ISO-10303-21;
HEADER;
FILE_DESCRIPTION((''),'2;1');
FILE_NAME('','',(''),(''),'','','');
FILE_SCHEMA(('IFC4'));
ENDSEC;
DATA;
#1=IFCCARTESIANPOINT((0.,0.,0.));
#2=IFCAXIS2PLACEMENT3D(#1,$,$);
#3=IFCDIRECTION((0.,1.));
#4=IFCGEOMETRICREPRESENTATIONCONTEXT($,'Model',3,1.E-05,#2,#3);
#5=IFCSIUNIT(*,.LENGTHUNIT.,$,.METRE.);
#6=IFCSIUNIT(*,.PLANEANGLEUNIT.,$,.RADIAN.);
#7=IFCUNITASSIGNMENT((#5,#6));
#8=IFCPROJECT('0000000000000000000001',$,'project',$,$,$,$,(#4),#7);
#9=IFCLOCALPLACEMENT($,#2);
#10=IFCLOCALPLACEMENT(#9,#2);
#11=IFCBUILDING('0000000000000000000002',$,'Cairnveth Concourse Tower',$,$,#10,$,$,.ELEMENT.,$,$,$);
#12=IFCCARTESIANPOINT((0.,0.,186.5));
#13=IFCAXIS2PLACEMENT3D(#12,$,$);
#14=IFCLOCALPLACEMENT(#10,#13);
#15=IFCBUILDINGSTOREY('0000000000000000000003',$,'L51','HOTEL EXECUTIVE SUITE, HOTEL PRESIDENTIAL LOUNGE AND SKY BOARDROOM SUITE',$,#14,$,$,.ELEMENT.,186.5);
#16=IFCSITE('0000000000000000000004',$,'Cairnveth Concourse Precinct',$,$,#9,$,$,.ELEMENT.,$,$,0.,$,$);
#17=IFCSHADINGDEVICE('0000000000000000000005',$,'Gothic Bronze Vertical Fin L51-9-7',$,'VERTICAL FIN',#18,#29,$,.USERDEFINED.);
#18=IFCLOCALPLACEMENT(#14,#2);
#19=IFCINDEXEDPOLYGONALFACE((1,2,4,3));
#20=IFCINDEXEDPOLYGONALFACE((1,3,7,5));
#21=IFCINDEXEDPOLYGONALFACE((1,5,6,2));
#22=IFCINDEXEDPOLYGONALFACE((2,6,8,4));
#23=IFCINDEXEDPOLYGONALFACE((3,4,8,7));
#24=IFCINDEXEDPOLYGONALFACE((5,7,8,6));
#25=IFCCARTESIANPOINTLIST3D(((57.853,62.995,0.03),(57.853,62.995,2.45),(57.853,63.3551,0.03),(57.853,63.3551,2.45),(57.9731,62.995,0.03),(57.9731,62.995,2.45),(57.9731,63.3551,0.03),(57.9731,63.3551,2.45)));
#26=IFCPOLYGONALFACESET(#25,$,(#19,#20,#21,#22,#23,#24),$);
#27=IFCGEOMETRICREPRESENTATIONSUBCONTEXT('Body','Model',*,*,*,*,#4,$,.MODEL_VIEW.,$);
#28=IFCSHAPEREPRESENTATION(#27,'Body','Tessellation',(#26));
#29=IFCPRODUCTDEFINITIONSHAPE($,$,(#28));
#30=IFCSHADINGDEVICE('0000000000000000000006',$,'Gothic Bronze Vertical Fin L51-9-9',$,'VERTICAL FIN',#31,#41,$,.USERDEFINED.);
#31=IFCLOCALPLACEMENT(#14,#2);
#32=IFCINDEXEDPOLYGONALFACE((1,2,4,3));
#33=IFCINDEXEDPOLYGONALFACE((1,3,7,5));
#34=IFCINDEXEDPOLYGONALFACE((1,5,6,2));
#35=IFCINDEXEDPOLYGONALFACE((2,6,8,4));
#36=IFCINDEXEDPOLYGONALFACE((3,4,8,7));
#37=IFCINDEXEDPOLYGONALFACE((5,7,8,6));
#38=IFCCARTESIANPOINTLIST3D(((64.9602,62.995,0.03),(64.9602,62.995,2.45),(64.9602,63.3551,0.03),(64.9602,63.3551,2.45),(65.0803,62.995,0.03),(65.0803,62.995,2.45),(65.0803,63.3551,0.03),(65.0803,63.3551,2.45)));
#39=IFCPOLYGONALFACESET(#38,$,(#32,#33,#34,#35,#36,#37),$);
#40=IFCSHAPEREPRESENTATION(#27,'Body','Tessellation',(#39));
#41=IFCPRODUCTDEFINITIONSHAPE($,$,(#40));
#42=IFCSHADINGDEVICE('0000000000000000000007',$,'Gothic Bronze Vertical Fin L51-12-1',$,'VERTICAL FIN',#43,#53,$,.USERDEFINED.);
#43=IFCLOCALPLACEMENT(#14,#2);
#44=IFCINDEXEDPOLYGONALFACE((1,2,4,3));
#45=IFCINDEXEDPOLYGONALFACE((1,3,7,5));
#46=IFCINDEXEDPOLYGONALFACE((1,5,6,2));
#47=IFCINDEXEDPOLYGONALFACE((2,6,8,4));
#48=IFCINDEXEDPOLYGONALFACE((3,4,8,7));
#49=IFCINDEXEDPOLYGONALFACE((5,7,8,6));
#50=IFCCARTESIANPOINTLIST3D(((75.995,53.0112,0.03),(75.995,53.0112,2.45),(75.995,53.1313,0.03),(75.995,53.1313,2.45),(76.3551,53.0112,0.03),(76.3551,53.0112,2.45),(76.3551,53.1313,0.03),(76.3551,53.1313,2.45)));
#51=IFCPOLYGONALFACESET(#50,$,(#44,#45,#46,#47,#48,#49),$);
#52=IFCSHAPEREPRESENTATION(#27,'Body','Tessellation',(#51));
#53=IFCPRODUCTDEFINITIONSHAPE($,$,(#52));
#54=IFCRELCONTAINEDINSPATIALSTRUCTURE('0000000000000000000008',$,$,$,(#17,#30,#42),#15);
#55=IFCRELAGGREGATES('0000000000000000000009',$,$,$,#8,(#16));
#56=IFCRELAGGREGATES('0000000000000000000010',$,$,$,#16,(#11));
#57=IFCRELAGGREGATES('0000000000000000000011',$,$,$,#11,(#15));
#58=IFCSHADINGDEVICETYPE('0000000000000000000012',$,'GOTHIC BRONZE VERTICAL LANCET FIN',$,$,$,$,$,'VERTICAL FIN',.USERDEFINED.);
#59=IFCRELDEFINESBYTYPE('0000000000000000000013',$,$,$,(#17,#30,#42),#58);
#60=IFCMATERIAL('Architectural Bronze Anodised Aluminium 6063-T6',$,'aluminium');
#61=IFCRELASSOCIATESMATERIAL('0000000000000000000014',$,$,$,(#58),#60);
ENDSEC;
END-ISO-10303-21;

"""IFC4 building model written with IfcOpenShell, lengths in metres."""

from ifc_helpers import new_model, si_unit, direction, frame, origin, origin_2d, place, context, subcontext, project, spatial, rectangle, extrude, material, type_object, element, save


model = new_model("IFC4")

# Units and contexts
model_context = context("Model", 3, precision=1e-05, world=origin(), true_north=direction((0.0, 1.0)))
body_context = subcontext(model_context, "Body", "Model", "MODEL_VIEW")
ifc_project = project(units=[si_unit("LENGTHUNIT", "METRE"), si_unit("PLANEANGLEUNIT", "RADIAN")], contexts=[model_context])

# Site, building, storey
site_placement = place(None, origin())
site = spatial("IfcSite", under=ifc_project, at=site_placement, Name="Cairnveth Concourse Precinct", CompositionType="ELEMENT", RefElevation=0.0)
building_placement = place(site_placement, origin())
building = spatial("IfcBuilding", under=site, at=building_placement, Name="Cairnveth Concourse Tower", CompositionType="ELEMENT")
storey_placement = place(building_placement, frame((0.0, 0.0, 186.5)))
storey = spatial("IfcBuildingStorey", under=building, at=storey_placement, Name="L51", Description="HOTEL EXECUTIVE SUITE, HOTEL PRESIDENTIAL LOUNGE AND SKY BOARDROOM SUITE", CompositionType="ELEMENT", Elevation=186.5)

# Shading devices
ifc_material_1 = material(Name="Architectural Bronze Anodised Aluminium 6063-T6", Category="aluminium")
shading_device_type = type_object("IfcShadingDeviceType", Name="GOTHIC BRONZE VERTICAL LANCET FIN", ElementType="VERTICAL FIN", PredefinedType="USERDEFINED", material=ifc_material_1)
for number, where, z_axis, x_axis, name in (
    (1, (57.9131, 63.175, 0.03), (0.0, 0.0, 1.0), (1.0, 0.0, 0.0), "Gothic Bronze Vertical Fin L51-9-7"),
    (2, (65.0203, 63.175, 0.03), (0.0, 0.0, 1.0), (1.0, 0.0, 0.0), "Gothic Bronze Vertical Fin L51-9-9"),
    (3, (76.175, 53.0713, 0.03), (0.0, 0.0, 1.0), (0.0, 1.0, 0.0), "Gothic Bronze Vertical Fin L51-12-1"),
):
    element("IfcShadingDevice", number, at=place(storey_placement, frame(where, z_axis=z_axis, x_axis=x_axis)), inside=storey, type_object=shading_device_type, Name=name, ObjectType="VERTICAL FIN", PredefinedType="USERDEFINED", context=body_context, shape_type="SweptSolid", body=[
        extrude(rectangle(XDim=0.1201, YDim=0.3601, at=origin_2d()), origin(), (0.0, 0.0, 1.0), 2.4199),
    ])

save(model, "model.ifc")
